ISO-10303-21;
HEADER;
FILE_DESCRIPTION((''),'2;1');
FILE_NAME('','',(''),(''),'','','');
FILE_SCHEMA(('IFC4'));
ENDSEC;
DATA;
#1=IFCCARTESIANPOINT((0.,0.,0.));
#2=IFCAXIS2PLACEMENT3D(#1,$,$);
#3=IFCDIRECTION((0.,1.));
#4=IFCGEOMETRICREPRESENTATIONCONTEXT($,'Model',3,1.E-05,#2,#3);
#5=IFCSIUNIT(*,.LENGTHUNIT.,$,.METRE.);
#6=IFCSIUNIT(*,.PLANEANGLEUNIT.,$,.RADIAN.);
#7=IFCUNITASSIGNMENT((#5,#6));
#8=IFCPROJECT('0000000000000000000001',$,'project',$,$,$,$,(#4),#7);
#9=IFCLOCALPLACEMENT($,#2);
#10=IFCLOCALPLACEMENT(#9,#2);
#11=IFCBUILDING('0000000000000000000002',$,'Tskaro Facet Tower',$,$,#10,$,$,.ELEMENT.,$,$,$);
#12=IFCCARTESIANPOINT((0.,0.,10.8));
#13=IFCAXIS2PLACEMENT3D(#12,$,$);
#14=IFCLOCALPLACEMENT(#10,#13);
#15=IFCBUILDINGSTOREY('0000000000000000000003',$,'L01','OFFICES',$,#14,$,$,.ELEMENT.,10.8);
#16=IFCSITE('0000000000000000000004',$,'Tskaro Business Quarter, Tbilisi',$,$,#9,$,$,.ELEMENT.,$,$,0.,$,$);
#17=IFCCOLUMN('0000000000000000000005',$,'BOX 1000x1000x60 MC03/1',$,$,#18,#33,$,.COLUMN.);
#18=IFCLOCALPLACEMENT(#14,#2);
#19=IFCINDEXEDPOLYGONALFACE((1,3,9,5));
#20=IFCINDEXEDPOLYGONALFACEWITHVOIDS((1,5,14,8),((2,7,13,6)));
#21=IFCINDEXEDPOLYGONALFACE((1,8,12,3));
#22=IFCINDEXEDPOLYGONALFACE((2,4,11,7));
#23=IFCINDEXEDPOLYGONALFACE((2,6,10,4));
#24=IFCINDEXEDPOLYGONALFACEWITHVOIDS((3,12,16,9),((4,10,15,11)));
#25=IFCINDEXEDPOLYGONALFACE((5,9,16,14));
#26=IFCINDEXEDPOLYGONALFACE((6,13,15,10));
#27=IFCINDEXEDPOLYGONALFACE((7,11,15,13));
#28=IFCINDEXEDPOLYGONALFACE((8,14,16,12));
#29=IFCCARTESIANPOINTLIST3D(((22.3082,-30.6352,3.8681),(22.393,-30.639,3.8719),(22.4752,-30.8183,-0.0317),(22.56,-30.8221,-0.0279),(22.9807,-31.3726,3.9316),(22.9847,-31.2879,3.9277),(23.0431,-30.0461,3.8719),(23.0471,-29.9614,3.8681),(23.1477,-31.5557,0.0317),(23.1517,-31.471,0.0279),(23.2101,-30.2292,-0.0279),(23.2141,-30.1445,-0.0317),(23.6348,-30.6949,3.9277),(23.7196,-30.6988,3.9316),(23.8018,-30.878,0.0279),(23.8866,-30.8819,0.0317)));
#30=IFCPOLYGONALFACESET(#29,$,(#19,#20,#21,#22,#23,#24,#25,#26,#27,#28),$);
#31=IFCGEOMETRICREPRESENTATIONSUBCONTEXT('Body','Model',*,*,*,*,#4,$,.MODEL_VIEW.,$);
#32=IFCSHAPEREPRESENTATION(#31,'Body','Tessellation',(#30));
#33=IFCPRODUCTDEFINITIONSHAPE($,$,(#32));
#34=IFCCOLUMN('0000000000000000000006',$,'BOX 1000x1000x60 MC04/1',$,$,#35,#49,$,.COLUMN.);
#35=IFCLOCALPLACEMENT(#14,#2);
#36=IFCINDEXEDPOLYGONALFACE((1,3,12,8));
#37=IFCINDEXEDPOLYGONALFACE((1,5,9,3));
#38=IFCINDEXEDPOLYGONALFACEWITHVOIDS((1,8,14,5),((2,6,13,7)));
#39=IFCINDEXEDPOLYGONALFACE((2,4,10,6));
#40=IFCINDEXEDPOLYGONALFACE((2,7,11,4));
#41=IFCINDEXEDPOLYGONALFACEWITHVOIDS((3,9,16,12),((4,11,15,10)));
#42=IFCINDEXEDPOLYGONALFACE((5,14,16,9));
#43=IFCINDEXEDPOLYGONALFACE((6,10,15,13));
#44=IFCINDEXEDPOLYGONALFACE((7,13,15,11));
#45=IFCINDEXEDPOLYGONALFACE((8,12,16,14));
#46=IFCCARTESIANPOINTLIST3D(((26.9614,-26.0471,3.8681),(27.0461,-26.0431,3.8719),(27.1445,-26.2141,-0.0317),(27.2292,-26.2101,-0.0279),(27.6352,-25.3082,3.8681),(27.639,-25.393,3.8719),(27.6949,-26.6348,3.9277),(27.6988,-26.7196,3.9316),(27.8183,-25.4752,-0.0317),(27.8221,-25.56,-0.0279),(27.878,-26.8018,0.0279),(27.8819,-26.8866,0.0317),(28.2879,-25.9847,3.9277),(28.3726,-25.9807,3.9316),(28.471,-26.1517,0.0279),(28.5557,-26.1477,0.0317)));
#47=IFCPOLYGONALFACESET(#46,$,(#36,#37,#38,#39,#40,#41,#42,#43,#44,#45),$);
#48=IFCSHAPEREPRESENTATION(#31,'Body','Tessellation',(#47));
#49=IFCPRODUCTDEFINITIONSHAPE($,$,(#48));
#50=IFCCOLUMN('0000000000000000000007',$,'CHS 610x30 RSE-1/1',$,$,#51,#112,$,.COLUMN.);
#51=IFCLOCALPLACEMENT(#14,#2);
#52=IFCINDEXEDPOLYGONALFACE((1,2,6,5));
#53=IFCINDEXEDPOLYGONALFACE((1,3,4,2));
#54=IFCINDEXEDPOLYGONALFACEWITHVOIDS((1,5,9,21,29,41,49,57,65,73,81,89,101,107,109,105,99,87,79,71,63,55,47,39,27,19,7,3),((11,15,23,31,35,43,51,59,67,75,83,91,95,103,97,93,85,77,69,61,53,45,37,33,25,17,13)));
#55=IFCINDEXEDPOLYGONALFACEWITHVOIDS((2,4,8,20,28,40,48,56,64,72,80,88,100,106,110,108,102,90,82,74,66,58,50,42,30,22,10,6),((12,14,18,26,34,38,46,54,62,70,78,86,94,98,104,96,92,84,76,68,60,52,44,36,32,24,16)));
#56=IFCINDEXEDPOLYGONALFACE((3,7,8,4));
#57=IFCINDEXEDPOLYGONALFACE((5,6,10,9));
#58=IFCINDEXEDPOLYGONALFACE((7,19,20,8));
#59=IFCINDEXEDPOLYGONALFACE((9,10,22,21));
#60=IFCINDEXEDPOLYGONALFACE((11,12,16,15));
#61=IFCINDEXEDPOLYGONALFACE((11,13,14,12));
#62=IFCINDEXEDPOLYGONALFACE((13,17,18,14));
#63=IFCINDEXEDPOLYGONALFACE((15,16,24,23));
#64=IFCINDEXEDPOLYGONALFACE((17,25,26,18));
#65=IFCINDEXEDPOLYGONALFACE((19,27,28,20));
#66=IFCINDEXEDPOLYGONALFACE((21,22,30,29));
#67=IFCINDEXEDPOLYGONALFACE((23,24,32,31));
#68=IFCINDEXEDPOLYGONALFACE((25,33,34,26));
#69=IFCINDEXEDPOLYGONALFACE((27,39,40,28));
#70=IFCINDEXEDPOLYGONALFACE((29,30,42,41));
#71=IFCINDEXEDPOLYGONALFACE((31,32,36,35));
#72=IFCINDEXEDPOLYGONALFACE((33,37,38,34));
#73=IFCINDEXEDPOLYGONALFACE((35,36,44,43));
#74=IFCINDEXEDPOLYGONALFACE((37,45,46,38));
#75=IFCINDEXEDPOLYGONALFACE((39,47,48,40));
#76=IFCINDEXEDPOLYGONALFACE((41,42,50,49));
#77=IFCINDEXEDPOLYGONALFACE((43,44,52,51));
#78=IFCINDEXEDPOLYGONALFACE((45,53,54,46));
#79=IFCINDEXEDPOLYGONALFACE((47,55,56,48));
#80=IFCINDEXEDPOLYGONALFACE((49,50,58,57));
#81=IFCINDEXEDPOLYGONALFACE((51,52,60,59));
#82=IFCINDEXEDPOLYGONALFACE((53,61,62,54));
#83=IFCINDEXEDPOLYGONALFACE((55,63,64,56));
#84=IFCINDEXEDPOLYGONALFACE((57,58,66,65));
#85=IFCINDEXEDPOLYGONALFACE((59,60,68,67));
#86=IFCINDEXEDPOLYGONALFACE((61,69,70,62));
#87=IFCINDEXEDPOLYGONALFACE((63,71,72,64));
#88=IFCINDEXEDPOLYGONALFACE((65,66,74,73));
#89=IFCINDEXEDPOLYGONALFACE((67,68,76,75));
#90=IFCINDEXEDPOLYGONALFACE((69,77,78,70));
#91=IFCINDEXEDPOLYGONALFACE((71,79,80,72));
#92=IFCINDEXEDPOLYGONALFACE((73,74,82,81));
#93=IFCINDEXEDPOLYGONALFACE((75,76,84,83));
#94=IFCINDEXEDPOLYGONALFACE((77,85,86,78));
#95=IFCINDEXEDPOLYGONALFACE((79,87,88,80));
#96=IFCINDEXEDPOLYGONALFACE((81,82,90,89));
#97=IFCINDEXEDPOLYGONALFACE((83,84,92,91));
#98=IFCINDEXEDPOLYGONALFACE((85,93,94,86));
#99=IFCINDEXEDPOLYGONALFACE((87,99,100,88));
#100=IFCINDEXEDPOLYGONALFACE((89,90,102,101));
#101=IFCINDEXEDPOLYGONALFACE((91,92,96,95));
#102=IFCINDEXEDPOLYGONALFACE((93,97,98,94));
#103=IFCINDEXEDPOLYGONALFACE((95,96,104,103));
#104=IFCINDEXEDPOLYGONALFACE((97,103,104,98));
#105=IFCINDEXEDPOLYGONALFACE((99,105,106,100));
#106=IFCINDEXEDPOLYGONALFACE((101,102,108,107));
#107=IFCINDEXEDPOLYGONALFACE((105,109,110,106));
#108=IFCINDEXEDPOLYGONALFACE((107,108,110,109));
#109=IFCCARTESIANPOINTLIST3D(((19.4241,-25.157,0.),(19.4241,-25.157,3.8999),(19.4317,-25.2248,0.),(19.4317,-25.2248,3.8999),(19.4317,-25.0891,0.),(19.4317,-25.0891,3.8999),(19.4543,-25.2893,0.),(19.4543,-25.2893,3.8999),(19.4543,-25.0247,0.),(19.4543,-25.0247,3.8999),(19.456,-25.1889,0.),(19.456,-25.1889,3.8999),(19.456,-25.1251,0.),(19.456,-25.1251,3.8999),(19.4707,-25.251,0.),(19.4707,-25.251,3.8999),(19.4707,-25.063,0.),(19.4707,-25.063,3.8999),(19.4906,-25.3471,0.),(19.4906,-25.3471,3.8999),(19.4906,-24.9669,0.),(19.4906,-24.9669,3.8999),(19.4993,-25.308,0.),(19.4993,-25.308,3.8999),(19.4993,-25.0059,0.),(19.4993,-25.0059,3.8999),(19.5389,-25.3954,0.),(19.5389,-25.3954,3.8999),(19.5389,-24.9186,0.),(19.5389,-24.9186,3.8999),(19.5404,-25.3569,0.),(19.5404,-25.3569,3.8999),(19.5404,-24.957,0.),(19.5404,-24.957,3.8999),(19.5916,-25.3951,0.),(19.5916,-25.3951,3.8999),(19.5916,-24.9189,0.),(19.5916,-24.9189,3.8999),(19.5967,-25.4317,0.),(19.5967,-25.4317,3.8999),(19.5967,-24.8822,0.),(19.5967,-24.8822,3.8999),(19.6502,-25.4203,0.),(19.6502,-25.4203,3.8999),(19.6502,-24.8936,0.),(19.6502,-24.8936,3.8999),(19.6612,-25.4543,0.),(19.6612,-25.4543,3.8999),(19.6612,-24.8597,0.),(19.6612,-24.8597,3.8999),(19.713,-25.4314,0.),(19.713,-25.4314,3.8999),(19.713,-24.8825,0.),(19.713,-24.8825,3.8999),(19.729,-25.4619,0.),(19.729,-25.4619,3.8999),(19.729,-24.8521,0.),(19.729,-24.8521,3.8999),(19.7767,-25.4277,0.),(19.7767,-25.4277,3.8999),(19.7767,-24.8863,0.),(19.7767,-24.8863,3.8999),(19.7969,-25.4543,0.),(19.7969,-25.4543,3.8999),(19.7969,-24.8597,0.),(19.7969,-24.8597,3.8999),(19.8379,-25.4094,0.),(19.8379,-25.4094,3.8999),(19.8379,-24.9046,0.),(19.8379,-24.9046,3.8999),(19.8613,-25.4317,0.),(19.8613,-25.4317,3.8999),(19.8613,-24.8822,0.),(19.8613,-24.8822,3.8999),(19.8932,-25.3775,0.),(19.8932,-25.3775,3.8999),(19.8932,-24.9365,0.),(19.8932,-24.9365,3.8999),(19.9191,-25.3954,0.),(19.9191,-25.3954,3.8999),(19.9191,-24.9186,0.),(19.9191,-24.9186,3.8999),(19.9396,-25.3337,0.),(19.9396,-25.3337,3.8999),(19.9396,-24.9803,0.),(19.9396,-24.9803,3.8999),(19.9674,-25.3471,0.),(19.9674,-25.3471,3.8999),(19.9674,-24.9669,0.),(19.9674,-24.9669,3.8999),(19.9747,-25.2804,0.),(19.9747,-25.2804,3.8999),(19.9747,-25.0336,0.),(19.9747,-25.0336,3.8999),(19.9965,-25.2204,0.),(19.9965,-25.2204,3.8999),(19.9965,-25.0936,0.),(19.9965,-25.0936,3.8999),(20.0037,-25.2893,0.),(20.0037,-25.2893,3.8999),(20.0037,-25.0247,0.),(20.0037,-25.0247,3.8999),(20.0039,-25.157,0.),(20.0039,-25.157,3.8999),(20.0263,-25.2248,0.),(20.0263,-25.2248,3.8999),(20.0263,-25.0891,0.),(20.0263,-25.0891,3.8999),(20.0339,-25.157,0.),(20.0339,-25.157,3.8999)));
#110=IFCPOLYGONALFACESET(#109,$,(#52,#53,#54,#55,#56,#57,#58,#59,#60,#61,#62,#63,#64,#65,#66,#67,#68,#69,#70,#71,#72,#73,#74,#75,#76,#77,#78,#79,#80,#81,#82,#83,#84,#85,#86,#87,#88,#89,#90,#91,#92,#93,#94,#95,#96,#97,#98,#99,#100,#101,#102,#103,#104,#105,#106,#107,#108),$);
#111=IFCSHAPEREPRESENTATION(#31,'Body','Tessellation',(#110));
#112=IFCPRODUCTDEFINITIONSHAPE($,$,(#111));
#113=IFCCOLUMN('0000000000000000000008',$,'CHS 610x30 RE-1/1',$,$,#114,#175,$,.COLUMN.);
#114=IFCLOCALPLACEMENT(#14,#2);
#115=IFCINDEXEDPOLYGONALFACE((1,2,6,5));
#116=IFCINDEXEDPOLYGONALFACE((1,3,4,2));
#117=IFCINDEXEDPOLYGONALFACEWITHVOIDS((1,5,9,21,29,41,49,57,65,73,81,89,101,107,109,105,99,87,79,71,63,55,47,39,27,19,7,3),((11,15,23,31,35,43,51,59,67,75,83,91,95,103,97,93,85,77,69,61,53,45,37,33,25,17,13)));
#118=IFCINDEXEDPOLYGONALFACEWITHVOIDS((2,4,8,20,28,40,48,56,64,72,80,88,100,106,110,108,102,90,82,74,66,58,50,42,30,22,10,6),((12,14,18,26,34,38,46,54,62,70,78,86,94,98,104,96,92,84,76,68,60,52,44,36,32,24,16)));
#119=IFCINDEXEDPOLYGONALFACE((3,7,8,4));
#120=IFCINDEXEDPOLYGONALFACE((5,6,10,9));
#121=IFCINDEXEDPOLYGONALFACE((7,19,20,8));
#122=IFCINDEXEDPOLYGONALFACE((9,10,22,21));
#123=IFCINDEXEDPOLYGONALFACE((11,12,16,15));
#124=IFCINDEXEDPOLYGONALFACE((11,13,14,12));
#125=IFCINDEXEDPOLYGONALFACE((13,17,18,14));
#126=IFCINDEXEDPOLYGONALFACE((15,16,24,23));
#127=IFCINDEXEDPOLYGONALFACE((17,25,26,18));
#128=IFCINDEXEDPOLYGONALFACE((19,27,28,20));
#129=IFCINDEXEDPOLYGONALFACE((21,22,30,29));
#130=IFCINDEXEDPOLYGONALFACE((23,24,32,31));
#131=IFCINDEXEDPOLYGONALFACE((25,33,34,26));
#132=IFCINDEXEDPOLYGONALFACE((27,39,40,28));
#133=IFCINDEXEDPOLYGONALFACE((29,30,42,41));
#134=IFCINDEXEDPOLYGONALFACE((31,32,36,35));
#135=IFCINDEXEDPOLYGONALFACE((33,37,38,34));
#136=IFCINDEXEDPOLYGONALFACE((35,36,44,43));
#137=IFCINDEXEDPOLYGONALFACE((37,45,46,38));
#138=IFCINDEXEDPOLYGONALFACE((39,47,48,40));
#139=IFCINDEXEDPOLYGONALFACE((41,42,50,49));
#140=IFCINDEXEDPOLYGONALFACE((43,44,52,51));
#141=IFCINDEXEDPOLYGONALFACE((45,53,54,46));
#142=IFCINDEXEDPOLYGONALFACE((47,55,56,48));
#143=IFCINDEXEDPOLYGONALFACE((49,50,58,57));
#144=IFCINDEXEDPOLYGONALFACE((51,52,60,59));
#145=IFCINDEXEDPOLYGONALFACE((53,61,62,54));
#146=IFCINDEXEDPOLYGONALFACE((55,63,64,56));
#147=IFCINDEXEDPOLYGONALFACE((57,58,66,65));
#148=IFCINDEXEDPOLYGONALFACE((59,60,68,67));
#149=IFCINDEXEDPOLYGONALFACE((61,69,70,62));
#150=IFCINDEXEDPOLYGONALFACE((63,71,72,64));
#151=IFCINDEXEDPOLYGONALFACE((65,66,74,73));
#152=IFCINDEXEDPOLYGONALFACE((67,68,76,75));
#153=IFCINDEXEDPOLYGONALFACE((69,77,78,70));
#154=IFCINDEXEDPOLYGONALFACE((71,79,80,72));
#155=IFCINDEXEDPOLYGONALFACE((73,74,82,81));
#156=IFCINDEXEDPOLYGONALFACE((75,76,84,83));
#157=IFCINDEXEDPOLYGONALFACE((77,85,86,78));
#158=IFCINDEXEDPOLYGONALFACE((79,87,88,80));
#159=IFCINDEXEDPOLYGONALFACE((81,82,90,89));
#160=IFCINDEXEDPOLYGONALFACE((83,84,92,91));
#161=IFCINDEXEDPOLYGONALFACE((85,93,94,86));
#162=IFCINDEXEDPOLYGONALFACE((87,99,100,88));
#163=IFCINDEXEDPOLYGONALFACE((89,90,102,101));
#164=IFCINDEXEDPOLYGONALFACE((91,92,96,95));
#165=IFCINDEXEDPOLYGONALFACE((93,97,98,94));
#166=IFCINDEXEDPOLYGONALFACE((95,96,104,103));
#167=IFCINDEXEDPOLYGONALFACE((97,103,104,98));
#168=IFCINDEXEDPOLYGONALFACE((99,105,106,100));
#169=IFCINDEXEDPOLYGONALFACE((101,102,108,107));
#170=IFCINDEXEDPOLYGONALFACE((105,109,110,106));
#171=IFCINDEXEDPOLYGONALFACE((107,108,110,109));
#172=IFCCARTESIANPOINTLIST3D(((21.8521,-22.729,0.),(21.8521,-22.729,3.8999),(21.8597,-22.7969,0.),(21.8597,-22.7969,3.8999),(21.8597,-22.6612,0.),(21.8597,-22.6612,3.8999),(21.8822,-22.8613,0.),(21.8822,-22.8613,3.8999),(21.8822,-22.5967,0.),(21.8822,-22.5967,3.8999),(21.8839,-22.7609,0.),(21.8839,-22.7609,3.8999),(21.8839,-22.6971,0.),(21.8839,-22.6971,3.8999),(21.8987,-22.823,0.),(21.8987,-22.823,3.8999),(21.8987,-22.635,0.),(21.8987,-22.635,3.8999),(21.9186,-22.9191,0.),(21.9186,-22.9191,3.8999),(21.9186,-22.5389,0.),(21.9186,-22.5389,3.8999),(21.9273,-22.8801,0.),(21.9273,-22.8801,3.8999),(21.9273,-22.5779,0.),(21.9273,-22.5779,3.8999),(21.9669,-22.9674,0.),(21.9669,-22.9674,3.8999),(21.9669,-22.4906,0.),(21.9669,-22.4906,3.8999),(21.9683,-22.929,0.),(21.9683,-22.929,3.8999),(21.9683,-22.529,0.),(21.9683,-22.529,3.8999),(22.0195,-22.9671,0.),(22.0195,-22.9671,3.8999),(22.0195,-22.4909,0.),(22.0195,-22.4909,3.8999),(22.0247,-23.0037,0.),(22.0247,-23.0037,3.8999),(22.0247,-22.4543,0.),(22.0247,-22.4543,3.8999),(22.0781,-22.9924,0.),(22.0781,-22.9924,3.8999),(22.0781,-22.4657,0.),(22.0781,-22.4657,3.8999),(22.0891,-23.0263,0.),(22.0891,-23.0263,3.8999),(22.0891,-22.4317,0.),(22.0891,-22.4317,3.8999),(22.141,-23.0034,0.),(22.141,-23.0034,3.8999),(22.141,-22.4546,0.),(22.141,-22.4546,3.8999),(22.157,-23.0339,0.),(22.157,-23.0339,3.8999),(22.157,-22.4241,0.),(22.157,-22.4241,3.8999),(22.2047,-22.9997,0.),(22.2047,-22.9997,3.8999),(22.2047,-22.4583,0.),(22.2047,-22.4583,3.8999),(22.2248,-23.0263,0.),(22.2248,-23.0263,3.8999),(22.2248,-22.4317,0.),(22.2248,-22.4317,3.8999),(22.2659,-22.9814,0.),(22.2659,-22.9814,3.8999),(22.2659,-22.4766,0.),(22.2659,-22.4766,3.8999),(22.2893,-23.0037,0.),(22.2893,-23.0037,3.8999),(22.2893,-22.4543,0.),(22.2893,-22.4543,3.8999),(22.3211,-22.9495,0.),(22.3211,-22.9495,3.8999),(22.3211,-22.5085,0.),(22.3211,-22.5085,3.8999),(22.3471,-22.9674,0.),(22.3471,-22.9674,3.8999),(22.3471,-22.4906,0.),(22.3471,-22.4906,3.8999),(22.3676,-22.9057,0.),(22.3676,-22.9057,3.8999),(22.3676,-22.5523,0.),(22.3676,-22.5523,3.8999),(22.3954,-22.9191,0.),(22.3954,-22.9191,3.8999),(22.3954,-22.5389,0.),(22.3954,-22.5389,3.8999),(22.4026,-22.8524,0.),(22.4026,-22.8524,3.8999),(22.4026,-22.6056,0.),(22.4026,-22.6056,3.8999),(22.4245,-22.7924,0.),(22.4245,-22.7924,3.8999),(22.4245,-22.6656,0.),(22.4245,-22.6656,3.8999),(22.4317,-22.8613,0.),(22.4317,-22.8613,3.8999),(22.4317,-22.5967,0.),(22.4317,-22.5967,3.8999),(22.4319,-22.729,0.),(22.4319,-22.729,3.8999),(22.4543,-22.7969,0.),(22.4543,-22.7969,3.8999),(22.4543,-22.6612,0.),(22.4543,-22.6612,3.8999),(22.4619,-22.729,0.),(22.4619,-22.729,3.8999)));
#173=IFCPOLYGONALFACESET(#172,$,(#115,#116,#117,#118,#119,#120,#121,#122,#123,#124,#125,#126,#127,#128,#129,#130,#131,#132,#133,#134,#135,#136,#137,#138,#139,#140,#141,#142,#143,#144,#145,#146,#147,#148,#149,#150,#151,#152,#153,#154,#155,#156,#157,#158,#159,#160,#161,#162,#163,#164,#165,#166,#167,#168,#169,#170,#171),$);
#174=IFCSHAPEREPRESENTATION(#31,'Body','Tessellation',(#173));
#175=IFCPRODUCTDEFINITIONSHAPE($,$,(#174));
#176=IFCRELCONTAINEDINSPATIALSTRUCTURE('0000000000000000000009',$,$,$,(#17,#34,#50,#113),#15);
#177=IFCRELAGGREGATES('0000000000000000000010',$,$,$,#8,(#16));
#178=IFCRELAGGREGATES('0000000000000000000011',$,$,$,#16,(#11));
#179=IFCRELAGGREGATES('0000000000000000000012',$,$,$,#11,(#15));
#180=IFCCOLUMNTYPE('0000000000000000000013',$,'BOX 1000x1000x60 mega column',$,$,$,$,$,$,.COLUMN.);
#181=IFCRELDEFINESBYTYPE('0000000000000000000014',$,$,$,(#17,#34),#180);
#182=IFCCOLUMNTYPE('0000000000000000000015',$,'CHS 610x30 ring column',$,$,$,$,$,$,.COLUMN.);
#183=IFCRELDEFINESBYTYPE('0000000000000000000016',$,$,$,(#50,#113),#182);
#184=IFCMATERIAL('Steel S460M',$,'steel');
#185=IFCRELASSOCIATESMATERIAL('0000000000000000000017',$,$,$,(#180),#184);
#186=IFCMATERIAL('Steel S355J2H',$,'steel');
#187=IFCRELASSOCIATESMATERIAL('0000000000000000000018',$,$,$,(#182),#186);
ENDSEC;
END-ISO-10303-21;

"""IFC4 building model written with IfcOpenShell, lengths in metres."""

from ifc_helpers import new_model, si_unit, direction, frame, origin, origin_2d, place, context, subcontext, project, spatial, hollow_rectangle, hollow_circle, extrude, material, material_profile, profile_set, type_object, element, save


model = new_model("IFC4")

# Units and contexts
model_context = context("Model", 3, precision=1e-05, world=origin(), true_north=direction((0.0, 1.0)))
body_context = subcontext(model_context, "Body", "Model", "MODEL_VIEW")
ifc_project = project(units=[si_unit("LENGTHUNIT", "METRE"), si_unit("PLANEANGLEUNIT", "RADIAN")], contexts=[model_context])

# Site, building, storey
site_placement = place(None, origin())
site = spatial("IfcSite", under=ifc_project, at=site_placement, Name="Tskaro Business Quarter, Tbilisi", CompositionType="ELEMENT", RefElevation=0.0)
building_placement = place(site_placement, origin())
building = spatial("IfcBuilding", under=site, at=building_placement, Name="Tskaro Facet Tower", CompositionType="ELEMENT")
storey_placement = place(building_placement, frame((0.0, 0.0, 10.8)))
storey = spatial("IfcBuildingStorey", under=building, at=storey_placement, Name="L01", Description="OFFICES", CompositionType="ELEMENT", Elevation=10.8)

# Columns
ifc_material_1 = material(Name="Steel S460M", Category="steel")
ifc_material_profile_1 = material_profile(ifc_material_1, hollow_rectangle(XDim=1.0, YDim=1.0, WallThickness=0.0601, at=origin_2d()), Name="BOX 1000x1000x60")
ifc_profile_set_1 = profile_set([ifc_material_profile_1], Name="Steel S460M")
column_type_1 = type_object("IfcColumnType", Name="BOX 1000x1000x60 mega column", PredefinedType="COLUMN", material=ifc_profile_set_1)
for number, where, z_axis, x_axis, name in (
    (1, (23.1809, -30.8501, 0.0), (-0.042733, 0.046857, 0.997987), (-0.738869, -0.673849, 0.0), "BOX 1000x1000x60 MC03/1"),
    (2, (27.8501, -26.1809, 0.0), (-0.046857, 0.042733, 0.997987), (-0.673849, -0.738869, 0.0), "BOX 1000x1000x60 MC04/1"),
):
    element("IfcColumn", number, at=place(storey_placement, frame(where, z_axis=z_axis, x_axis=x_axis)), inside=storey, type_object=column_type_1, Name=name, PredefinedType="COLUMN", context=body_context, shape_type="SweptSolid", body=[
        extrude(hollow_rectangle(XDim=1.0, YDim=1.0, WallThickness=0.0601, at=origin_2d()), origin(), (0.0, 0.0, 1.0), 3.9077),
    ])
ifc_material_2 = material(Name="Steel S355J2H", Category="steel")
ifc_material_profile_2 = material_profile(ifc_material_2, hollow_circle(Radius=0.3049, WallThickness=0.03, at=origin_2d()), Name="CHS 610x30")
ifc_profile_set_2 = profile_set([ifc_material_profile_2], Name="Steel S355J2H")
column_type_2 = type_object("IfcColumnType", Name="CHS 610x30 ring column", PredefinedType="COLUMN", material=ifc_profile_set_2)
for number, where, z_axis, x_axis, name in (
    (3, (19.729, -25.157, 0.0), (0.0, 0.0, 1.0), (1.0, 0.0, 0.0), "CHS 610x30 RSE-1/1"),
    (4, (22.157, -22.729, 0.0), (0.0, 0.0, 1.0), (1.0, 0.0, 0.0), "CHS 610x30 RE-1/1"),
):
    element("IfcColumn", number, at=place(storey_placement, frame(where, z_axis=z_axis, x_axis=x_axis)), inside=storey, type_object=column_type_2, Name=name, PredefinedType="COLUMN", context=body_context, shape_type="SweptSolid", body=[
        extrude(hollow_circle(Radius=0.3049, WallThickness=0.03, at=origin_2d()), origin(), (0.0, 0.0, 1.0), 3.8999),
    ])

save(model, "model.ifc")
